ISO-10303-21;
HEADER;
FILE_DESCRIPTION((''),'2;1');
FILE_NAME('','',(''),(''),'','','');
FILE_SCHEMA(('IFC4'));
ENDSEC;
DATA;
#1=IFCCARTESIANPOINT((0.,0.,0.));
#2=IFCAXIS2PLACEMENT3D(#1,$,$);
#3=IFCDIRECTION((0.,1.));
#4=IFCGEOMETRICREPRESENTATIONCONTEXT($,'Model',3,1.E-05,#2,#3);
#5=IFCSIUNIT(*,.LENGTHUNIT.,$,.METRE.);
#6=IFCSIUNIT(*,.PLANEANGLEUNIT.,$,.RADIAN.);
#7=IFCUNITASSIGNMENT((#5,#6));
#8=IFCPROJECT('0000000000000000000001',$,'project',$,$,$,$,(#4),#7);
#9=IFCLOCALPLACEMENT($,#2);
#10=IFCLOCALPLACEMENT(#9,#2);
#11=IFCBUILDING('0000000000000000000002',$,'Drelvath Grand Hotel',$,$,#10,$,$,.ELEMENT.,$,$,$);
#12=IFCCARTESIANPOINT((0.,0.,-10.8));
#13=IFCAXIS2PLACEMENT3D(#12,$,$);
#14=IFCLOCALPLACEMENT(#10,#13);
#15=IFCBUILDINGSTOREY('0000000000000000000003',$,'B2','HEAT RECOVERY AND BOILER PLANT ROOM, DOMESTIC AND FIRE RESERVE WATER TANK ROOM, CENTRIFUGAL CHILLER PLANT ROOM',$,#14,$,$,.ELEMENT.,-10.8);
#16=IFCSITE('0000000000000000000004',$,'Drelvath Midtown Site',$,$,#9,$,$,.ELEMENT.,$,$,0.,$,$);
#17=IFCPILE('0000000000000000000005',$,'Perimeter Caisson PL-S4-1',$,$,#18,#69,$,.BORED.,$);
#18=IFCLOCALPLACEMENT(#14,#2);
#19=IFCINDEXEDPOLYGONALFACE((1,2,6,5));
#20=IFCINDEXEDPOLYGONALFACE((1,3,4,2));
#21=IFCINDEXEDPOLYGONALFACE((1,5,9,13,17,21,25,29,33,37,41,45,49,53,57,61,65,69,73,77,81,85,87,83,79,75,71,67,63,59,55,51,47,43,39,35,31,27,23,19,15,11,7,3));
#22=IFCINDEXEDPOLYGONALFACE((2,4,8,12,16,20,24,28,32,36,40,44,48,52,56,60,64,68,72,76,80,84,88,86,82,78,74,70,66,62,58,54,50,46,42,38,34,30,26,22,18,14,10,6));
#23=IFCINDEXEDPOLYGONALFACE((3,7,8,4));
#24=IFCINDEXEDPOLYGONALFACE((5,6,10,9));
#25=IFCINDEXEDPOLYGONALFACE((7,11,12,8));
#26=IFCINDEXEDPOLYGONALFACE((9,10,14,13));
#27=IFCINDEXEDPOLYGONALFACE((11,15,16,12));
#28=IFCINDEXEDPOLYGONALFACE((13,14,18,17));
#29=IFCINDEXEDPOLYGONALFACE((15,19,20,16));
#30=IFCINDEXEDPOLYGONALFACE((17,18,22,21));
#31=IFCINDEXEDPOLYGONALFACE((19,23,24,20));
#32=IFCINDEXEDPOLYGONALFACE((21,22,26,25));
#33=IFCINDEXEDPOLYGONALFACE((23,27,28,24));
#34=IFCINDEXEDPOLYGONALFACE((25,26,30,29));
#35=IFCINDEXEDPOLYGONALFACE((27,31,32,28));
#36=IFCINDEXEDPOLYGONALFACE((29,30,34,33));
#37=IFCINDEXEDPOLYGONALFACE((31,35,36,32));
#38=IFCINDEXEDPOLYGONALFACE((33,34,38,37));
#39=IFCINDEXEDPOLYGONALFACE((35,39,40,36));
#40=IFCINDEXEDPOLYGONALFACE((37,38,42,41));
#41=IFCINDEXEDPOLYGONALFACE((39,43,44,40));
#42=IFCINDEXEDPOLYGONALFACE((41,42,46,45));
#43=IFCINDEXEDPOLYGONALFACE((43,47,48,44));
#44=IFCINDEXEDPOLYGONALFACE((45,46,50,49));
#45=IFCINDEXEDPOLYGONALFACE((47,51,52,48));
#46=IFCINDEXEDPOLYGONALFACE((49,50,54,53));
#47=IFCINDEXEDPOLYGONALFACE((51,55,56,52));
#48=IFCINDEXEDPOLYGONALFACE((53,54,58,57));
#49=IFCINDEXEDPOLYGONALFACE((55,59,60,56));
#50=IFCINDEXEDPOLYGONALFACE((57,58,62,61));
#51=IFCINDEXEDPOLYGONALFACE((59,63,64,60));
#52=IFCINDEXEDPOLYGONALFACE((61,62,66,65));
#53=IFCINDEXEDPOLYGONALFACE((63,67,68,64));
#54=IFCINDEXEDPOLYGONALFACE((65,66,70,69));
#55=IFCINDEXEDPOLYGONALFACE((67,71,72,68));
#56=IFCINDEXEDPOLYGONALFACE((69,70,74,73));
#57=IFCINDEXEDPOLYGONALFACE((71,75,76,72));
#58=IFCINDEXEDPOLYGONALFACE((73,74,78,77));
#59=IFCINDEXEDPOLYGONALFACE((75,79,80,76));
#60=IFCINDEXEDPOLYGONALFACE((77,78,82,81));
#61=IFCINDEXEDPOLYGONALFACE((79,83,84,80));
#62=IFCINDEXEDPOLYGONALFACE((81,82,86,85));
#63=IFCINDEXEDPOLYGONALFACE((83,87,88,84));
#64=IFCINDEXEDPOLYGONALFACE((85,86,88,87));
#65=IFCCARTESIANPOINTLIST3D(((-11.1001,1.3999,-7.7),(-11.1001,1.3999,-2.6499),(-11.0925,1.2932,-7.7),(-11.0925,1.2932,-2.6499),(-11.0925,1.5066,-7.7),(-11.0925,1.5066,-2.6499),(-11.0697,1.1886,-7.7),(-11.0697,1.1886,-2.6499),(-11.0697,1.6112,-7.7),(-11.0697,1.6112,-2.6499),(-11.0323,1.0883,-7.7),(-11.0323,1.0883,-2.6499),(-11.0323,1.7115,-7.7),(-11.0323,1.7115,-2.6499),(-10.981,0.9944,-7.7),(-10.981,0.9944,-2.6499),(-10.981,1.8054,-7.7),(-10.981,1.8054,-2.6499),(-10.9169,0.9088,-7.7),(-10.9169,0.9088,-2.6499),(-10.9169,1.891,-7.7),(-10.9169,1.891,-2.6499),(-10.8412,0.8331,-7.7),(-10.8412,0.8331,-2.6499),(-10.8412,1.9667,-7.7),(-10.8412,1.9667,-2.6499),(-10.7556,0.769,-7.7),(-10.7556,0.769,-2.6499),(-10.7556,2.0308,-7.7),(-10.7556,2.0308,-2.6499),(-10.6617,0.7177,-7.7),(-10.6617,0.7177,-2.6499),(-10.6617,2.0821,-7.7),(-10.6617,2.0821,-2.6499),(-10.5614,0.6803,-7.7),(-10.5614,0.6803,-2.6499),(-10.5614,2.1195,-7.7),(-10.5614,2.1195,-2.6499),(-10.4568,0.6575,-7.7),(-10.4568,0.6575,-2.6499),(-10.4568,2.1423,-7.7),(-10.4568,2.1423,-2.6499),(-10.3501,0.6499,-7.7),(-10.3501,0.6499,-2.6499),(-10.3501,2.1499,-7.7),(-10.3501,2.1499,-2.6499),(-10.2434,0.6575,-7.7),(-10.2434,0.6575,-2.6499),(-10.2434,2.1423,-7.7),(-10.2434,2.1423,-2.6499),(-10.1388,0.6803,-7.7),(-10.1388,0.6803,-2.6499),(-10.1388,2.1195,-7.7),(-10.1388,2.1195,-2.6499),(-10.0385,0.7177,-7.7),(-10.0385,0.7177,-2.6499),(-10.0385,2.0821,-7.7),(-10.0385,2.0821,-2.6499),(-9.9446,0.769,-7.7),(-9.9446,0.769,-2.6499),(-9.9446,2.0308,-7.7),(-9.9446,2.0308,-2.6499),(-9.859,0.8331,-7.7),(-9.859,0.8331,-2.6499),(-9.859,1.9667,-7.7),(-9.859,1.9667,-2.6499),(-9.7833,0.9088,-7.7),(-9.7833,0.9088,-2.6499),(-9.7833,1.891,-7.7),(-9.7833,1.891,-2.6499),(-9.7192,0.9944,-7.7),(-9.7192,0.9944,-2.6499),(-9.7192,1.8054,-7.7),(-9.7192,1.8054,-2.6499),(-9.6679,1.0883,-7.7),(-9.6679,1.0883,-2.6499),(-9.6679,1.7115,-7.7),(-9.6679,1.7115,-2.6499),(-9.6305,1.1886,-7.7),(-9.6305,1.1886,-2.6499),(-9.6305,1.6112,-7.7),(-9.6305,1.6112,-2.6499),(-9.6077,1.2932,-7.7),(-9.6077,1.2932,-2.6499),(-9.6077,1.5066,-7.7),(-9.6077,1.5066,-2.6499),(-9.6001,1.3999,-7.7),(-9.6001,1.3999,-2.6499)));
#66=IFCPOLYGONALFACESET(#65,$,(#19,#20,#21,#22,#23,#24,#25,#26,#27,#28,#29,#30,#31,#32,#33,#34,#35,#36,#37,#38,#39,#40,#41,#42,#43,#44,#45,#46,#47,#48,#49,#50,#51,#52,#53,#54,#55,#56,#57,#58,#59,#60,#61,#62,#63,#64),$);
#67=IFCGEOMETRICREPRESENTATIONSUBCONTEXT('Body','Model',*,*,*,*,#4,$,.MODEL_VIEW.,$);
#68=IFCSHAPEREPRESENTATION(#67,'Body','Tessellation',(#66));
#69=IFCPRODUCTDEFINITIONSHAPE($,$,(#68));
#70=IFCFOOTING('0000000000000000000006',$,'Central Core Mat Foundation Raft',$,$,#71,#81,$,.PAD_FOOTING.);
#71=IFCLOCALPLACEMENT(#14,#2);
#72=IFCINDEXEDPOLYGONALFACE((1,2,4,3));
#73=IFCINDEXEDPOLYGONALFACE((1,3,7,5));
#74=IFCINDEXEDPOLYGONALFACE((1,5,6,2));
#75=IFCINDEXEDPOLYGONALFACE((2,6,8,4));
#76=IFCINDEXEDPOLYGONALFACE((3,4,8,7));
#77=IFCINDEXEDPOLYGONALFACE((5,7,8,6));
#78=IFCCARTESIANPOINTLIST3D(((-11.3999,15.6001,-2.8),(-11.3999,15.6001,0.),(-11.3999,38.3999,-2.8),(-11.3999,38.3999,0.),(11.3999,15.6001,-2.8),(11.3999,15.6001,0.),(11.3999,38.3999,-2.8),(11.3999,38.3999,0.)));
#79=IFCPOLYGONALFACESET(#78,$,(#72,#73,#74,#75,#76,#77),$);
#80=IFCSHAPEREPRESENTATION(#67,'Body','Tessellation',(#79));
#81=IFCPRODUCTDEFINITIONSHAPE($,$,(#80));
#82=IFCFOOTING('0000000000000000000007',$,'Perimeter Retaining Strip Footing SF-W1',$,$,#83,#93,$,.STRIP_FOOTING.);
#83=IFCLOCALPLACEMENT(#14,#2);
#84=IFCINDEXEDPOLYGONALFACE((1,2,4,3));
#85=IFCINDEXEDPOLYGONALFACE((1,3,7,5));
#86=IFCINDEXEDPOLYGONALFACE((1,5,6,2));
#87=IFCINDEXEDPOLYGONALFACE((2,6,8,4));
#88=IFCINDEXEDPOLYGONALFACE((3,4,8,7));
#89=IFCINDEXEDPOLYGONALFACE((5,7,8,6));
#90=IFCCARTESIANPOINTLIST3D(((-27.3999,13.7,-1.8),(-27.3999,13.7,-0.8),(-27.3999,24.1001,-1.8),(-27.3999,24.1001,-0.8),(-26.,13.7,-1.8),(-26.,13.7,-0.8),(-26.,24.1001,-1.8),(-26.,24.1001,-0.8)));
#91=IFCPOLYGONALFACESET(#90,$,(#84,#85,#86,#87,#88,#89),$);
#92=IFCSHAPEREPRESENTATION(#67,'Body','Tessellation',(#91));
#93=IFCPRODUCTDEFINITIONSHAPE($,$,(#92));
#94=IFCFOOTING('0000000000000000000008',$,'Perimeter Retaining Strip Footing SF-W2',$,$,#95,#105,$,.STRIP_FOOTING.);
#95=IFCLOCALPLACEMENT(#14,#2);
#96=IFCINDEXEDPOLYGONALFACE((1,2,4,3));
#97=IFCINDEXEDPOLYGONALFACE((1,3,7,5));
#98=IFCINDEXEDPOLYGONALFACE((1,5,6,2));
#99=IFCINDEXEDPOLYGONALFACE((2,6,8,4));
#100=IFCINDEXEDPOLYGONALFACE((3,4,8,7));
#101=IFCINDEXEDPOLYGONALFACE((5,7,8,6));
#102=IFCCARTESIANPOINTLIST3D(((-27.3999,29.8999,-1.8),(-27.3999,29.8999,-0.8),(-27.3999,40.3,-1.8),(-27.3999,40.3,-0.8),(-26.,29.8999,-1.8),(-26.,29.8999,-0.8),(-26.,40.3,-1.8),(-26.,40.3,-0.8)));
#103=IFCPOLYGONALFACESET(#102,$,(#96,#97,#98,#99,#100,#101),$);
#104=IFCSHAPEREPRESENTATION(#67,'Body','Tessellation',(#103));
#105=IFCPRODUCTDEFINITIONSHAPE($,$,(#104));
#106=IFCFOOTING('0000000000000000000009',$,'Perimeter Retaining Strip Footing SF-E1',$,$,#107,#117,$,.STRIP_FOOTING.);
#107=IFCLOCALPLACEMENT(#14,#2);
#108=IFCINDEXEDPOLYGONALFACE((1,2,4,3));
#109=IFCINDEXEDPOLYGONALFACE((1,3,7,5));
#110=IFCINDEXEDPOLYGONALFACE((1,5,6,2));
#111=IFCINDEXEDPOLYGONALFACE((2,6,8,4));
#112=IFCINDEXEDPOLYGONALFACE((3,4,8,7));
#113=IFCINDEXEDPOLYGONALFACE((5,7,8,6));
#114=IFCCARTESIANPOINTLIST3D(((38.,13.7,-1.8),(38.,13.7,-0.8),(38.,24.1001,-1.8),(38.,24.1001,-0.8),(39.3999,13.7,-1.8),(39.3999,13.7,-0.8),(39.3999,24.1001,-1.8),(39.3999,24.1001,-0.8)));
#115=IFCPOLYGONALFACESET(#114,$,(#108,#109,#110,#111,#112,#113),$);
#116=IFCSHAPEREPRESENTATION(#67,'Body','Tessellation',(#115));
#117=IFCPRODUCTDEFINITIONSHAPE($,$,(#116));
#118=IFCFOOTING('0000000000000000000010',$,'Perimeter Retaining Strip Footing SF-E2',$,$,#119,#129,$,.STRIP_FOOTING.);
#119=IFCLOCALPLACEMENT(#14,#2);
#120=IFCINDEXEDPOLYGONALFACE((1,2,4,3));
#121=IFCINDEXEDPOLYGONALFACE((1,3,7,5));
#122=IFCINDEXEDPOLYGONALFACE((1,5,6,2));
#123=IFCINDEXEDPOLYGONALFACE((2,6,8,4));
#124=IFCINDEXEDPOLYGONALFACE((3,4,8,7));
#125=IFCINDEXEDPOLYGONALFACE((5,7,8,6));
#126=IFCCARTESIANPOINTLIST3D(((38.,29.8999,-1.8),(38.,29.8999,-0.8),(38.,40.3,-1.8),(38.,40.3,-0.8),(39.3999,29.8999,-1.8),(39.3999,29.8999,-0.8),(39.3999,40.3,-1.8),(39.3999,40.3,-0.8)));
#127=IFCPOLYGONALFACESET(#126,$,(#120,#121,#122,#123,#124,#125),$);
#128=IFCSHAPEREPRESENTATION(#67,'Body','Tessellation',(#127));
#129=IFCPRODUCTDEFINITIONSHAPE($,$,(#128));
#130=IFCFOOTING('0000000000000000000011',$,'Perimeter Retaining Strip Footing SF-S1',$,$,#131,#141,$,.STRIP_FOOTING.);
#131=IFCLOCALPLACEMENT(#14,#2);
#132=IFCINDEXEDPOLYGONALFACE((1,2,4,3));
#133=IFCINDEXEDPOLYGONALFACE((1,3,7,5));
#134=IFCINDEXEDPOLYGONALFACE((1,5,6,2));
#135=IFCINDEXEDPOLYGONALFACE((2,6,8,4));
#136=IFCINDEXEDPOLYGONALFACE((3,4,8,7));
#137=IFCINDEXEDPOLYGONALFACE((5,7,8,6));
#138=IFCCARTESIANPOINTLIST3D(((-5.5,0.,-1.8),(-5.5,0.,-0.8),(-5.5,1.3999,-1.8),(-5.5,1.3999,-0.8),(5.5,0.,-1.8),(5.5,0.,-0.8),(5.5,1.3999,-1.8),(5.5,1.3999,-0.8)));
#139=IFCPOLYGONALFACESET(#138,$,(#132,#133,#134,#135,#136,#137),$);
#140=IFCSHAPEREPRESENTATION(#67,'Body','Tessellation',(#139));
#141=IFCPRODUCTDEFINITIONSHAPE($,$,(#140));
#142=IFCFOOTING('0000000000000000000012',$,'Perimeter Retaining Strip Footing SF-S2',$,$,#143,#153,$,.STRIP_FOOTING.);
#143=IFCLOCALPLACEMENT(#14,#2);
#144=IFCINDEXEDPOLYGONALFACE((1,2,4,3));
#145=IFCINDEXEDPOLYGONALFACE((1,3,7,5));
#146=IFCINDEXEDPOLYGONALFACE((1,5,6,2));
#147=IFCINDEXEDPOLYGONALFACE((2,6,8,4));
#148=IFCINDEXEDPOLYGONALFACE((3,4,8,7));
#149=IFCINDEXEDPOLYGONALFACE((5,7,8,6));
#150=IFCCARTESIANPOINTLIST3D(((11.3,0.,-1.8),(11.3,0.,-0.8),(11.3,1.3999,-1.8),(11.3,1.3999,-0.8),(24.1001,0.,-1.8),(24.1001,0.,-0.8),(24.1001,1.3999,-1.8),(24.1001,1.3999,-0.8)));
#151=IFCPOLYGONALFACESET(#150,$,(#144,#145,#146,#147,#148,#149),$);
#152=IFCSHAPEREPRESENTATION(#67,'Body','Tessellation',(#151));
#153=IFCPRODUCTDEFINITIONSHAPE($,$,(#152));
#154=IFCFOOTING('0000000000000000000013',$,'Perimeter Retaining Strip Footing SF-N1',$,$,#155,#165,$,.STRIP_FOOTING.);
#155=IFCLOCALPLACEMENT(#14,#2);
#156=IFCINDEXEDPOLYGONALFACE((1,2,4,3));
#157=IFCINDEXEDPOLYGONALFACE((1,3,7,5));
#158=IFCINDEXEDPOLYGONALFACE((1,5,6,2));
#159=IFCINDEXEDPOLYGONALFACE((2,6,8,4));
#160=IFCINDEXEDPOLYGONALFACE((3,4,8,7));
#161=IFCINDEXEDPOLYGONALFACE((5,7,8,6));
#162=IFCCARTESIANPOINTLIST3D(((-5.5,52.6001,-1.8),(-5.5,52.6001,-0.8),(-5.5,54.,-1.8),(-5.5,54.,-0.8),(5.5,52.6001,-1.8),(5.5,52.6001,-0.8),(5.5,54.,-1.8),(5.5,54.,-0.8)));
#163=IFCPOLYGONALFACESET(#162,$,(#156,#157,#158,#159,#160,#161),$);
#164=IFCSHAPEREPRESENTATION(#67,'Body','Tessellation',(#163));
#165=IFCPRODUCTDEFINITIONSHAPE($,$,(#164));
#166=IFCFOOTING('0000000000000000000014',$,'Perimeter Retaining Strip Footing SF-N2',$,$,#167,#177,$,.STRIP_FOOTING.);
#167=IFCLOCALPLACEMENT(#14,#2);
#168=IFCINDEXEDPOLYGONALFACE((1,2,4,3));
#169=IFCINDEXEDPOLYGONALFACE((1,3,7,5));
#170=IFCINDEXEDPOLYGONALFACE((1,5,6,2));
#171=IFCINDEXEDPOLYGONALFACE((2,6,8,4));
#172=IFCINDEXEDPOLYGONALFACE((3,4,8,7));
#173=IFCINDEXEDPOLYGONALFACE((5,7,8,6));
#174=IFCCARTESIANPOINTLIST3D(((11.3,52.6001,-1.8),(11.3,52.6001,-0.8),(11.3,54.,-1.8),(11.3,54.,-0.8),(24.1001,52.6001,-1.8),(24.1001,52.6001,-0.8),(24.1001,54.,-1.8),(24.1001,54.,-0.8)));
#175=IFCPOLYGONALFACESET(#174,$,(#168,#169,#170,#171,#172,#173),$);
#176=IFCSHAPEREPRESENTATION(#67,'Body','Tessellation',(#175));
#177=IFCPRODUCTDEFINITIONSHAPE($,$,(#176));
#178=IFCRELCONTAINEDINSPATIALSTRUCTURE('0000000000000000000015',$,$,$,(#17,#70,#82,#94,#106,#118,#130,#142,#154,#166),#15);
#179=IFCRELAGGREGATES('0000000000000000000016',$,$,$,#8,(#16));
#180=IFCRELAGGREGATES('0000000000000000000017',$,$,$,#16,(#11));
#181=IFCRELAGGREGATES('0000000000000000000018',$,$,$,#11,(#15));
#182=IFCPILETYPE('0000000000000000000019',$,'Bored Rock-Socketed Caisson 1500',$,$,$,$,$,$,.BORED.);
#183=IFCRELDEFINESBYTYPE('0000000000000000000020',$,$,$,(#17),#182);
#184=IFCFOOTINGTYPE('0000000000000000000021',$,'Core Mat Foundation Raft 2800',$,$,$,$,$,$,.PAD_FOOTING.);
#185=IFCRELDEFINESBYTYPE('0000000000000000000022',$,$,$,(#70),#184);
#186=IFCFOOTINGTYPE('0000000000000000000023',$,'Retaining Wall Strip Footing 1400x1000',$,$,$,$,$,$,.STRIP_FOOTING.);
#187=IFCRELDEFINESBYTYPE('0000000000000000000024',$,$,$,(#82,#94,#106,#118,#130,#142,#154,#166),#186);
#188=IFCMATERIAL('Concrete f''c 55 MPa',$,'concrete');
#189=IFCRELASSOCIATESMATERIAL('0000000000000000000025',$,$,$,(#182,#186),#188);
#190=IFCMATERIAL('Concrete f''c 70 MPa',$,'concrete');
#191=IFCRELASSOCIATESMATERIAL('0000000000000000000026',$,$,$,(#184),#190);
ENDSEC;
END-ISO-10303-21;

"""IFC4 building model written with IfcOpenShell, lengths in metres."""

from ifc_helpers import new_model, si_unit, direction, frame, origin, origin_2d, place, context, subcontext, project, spatial, polyline, circle, outline, extrude, material, material_profile, profile_set, type_object, element, save


model = new_model("IFC4")

# Units and contexts
model_context = context("Model", 3, precision=1e-05, world=origin(), true_north=direction((0.0, 1.0)))
body_context = subcontext(model_context, "Body", "Model", "MODEL_VIEW")
ifc_project = project(units=[si_unit("LENGTHUNIT", "METRE"), si_unit("PLANEANGLEUNIT", "RADIAN")], contexts=[model_context])

# Site, building, storey
site_placement = place(None, origin())
site = spatial("IfcSite", under=ifc_project, at=site_placement, Name="Drelvath Midtown Site", CompositionType="ELEMENT", RefElevation=0.0)
building_placement = place(site_placement, origin())
building = spatial("IfcBuilding", under=site, at=building_placement, Name="Drelvath Grand Hotel", CompositionType="ELEMENT")
storey_placement = place(building_placement, frame((0.0, 0.0, -10.8)))
storey = spatial("IfcBuildingStorey", under=building, at=storey_placement, Name="B2", Description="HEAT RECOVERY AND BOILER PLANT ROOM, DOMESTIC AND FIRE RESERVE WATER TANK ROOM, CENTRIFUGAL CHILLER PLANT ROOM", CompositionType="ELEMENT", Elevation=-10.8)

# Pile
ifc_material_1 = material(Name="Concrete f'c 55 MPa", Category="concrete")
ifc_material_profile_1 = material_profile(ifc_material_1, circle(Radius=0.75, at=origin_2d()), Name="CAISSON1500")
ifc_profile_set_1 = profile_set([ifc_material_profile_1], Name="Concrete f'c 55 MPa")
pile_type = type_object("IfcPileType", Name="Bored Rock-Socketed Caisson 1500", PredefinedType="BORED", material=ifc_profile_set_1)
pile_placement = place(storey_placement, frame((-10.3501, 1.3999, -2.6499), z_axis=(0.0, 0.0, -1.0), x_axis=(1.0, 0.0, 0.0)))
element("IfcPile", 1, at=pile_placement, inside=storey, type_object=pile_type, Name="Perimeter Caisson PL-S4-1", PredefinedType="BORED", context=body_context, shape_type="SweptSolid", body=[
    extrude(circle(Radius=0.75, at=origin_2d()), origin(), (0.0, 0.0, 1.0), 5.05),
])

# Footings
ifc_material_2 = material(Name="Concrete f'c 70 MPa", Category="concrete")
footing_type_1 = type_object("IfcFootingType", Name="Core Mat Foundation Raft 2800", PredefinedType="PAD_FOOTING", material=ifc_material_2)
footing_1_placement = place(storey_placement, frame((0.0, 0.0, -2.8)))
element("IfcFooting", 2, at=footing_1_placement, inside=storey, type_object=footing_type_1, Name="Central Core Mat Foundation Raft", PredefinedType="PAD_FOOTING", context=body_context, shape_type="SweptSolid", body=[
    extrude(outline(polyline([(-11.3999, 15.6001), (11.3999, 15.6001), (11.3999, 38.3999), (-11.3999, 38.3999), (-11.3999, 15.6001)])), origin(), (0.0, 0.0, 1.0), 2.8),
])
footing_type_2 = type_object("IfcFootingType", Name="Retaining Wall Strip Footing 1400x1000", PredefinedType="STRIP_FOOTING", material=ifc_material_1)
footing_2_placement = place(storey_placement, frame((0.0, 0.0, -1.8)))
element("IfcFooting", 3, at=footing_2_placement, inside=storey, type_object=footing_type_2, Name="Perimeter Retaining Strip Footing SF-W1", PredefinedType="STRIP_FOOTING", context=body_context, shape_type="SweptSolid", body=[
    extrude(outline(polyline([(-27.3999, 13.7), (-26.0, 13.7), (-26.0, 24.1001), (-27.3999, 24.1001), (-27.3999, 13.7)])), origin(), (0.0, 0.0, 1.0), 1.0),
])
footing_3_placement = place(storey_placement, frame((0.0, 0.0, -1.8)))
element("IfcFooting", 4, at=footing_3_placement, inside=storey, type_object=footing_type_2, Name="Perimeter Retaining Strip Footing SF-W2", PredefinedType="STRIP_FOOTING", context=body_context, shape_type="SweptSolid", body=[
    extrude(outline(polyline([(-27.3999, 29.8999), (-26.0, 29.8999), (-26.0, 40.3), (-27.3999, 40.3), (-27.3999, 29.8999)])), origin(), (0.0, 0.0, 1.0), 1.0),
])
footing_4_placement = place(storey_placement, frame((0.0, 0.0, -1.8)))
element("IfcFooting", 5, at=footing_4_placement, inside=storey, type_object=footing_type_2, Name="Perimeter Retaining Strip Footing SF-E1", PredefinedType="STRIP_FOOTING", context=body_context, shape_type="SweptSolid", body=[
    extrude(outline(polyline([(38.0, 13.7), (39.3999, 13.7), (39.3999, 24.1001), (38.0, 24.1001), (38.0, 13.7)])), origin(), (0.0, 0.0, 1.0), 1.0),
])
footing_5_placement = place(storey_placement, frame((0.0, 0.0, -1.8)))
element("IfcFooting", 6, at=footing_5_placement, inside=storey, type_object=footing_type_2, Name="Perimeter Retaining Strip Footing SF-E2", PredefinedType="STRIP_FOOTING", context=body_context, shape_type="SweptSolid", body=[
    extrude(outline(polyline([(38.0, 29.8999), (39.3999, 29.8999), (39.3999, 40.3), (38.0, 40.3), (38.0, 29.8999)])), origin(), (0.0, 0.0, 1.0), 1.0),
])
footing_6_placement = place(storey_placement, frame((0.0, 0.0, -1.8)))
element("IfcFooting", 7, at=footing_6_placement, inside=storey, type_object=footing_type_2, Name="Perimeter Retaining Strip Footing SF-S1", PredefinedType="STRIP_FOOTING", context=body_context, shape_type="SweptSolid", body=[
    extrude(outline(polyline([(-5.5, 0.0), (5.5, 0.0), (5.5, 1.3999), (-5.5, 1.3999), (-5.5, 0.0)])), origin(), (0.0, 0.0, 1.0), 1.0),
])
footing_7_placement = place(storey_placement, frame((0.0, 0.0, -1.8)))
element("IfcFooting", 8, at=footing_7_placement, inside=storey, type_object=footing_type_2, Name="Perimeter Retaining Strip Footing SF-S2", PredefinedType="STRIP_FOOTING", context=body_context, shape_type="SweptSolid", body=[
    extrude(outline(polyline([(11.3, 0.0), (24.1001, 0.0), (24.1001, 1.3999), (11.3, 1.3999), (11.3, 0.0)])), origin(), (0.0, 0.0, 1.0), 1.0),
])
footing_8_placement = place(storey_placement, frame((0.0, 0.0, -1.8)))
element("IfcFooting", 9, at=footing_8_placement, inside=storey, type_object=footing_type_2, Name="Perimeter Retaining Strip Footing SF-N1", PredefinedType="STRIP_FOOTING", context=body_context, shape_type="SweptSolid", body=[
    extrude(outline(polyline([(-5.5, 52.6001), (5.5, 52.6001), (5.5, 54.0), (-5.5, 54.0), (-5.5, 52.6001)])), origin(), (0.0, 0.0, 1.0), 1.0),
])
footing_9_placement = place(storey_placement, frame((0.0, 0.0, -1.8)))
element("IfcFooting", 10, at=footing_9_placement, inside=storey, type_object=footing_type_2, Name="Perimeter Retaining Strip Footing SF-N2", PredefinedType="STRIP_FOOTING", context=body_context, shape_type="SweptSolid", body=[
    extrude(outline(polyline([(11.3, 52.6001), (24.1001, 52.6001), (24.1001, 54.0), (11.3, 54.0), (11.3, 52.6001)])), origin(), (0.0, 0.0, 1.0), 1.0),
])

save(model, "model.ifc")
